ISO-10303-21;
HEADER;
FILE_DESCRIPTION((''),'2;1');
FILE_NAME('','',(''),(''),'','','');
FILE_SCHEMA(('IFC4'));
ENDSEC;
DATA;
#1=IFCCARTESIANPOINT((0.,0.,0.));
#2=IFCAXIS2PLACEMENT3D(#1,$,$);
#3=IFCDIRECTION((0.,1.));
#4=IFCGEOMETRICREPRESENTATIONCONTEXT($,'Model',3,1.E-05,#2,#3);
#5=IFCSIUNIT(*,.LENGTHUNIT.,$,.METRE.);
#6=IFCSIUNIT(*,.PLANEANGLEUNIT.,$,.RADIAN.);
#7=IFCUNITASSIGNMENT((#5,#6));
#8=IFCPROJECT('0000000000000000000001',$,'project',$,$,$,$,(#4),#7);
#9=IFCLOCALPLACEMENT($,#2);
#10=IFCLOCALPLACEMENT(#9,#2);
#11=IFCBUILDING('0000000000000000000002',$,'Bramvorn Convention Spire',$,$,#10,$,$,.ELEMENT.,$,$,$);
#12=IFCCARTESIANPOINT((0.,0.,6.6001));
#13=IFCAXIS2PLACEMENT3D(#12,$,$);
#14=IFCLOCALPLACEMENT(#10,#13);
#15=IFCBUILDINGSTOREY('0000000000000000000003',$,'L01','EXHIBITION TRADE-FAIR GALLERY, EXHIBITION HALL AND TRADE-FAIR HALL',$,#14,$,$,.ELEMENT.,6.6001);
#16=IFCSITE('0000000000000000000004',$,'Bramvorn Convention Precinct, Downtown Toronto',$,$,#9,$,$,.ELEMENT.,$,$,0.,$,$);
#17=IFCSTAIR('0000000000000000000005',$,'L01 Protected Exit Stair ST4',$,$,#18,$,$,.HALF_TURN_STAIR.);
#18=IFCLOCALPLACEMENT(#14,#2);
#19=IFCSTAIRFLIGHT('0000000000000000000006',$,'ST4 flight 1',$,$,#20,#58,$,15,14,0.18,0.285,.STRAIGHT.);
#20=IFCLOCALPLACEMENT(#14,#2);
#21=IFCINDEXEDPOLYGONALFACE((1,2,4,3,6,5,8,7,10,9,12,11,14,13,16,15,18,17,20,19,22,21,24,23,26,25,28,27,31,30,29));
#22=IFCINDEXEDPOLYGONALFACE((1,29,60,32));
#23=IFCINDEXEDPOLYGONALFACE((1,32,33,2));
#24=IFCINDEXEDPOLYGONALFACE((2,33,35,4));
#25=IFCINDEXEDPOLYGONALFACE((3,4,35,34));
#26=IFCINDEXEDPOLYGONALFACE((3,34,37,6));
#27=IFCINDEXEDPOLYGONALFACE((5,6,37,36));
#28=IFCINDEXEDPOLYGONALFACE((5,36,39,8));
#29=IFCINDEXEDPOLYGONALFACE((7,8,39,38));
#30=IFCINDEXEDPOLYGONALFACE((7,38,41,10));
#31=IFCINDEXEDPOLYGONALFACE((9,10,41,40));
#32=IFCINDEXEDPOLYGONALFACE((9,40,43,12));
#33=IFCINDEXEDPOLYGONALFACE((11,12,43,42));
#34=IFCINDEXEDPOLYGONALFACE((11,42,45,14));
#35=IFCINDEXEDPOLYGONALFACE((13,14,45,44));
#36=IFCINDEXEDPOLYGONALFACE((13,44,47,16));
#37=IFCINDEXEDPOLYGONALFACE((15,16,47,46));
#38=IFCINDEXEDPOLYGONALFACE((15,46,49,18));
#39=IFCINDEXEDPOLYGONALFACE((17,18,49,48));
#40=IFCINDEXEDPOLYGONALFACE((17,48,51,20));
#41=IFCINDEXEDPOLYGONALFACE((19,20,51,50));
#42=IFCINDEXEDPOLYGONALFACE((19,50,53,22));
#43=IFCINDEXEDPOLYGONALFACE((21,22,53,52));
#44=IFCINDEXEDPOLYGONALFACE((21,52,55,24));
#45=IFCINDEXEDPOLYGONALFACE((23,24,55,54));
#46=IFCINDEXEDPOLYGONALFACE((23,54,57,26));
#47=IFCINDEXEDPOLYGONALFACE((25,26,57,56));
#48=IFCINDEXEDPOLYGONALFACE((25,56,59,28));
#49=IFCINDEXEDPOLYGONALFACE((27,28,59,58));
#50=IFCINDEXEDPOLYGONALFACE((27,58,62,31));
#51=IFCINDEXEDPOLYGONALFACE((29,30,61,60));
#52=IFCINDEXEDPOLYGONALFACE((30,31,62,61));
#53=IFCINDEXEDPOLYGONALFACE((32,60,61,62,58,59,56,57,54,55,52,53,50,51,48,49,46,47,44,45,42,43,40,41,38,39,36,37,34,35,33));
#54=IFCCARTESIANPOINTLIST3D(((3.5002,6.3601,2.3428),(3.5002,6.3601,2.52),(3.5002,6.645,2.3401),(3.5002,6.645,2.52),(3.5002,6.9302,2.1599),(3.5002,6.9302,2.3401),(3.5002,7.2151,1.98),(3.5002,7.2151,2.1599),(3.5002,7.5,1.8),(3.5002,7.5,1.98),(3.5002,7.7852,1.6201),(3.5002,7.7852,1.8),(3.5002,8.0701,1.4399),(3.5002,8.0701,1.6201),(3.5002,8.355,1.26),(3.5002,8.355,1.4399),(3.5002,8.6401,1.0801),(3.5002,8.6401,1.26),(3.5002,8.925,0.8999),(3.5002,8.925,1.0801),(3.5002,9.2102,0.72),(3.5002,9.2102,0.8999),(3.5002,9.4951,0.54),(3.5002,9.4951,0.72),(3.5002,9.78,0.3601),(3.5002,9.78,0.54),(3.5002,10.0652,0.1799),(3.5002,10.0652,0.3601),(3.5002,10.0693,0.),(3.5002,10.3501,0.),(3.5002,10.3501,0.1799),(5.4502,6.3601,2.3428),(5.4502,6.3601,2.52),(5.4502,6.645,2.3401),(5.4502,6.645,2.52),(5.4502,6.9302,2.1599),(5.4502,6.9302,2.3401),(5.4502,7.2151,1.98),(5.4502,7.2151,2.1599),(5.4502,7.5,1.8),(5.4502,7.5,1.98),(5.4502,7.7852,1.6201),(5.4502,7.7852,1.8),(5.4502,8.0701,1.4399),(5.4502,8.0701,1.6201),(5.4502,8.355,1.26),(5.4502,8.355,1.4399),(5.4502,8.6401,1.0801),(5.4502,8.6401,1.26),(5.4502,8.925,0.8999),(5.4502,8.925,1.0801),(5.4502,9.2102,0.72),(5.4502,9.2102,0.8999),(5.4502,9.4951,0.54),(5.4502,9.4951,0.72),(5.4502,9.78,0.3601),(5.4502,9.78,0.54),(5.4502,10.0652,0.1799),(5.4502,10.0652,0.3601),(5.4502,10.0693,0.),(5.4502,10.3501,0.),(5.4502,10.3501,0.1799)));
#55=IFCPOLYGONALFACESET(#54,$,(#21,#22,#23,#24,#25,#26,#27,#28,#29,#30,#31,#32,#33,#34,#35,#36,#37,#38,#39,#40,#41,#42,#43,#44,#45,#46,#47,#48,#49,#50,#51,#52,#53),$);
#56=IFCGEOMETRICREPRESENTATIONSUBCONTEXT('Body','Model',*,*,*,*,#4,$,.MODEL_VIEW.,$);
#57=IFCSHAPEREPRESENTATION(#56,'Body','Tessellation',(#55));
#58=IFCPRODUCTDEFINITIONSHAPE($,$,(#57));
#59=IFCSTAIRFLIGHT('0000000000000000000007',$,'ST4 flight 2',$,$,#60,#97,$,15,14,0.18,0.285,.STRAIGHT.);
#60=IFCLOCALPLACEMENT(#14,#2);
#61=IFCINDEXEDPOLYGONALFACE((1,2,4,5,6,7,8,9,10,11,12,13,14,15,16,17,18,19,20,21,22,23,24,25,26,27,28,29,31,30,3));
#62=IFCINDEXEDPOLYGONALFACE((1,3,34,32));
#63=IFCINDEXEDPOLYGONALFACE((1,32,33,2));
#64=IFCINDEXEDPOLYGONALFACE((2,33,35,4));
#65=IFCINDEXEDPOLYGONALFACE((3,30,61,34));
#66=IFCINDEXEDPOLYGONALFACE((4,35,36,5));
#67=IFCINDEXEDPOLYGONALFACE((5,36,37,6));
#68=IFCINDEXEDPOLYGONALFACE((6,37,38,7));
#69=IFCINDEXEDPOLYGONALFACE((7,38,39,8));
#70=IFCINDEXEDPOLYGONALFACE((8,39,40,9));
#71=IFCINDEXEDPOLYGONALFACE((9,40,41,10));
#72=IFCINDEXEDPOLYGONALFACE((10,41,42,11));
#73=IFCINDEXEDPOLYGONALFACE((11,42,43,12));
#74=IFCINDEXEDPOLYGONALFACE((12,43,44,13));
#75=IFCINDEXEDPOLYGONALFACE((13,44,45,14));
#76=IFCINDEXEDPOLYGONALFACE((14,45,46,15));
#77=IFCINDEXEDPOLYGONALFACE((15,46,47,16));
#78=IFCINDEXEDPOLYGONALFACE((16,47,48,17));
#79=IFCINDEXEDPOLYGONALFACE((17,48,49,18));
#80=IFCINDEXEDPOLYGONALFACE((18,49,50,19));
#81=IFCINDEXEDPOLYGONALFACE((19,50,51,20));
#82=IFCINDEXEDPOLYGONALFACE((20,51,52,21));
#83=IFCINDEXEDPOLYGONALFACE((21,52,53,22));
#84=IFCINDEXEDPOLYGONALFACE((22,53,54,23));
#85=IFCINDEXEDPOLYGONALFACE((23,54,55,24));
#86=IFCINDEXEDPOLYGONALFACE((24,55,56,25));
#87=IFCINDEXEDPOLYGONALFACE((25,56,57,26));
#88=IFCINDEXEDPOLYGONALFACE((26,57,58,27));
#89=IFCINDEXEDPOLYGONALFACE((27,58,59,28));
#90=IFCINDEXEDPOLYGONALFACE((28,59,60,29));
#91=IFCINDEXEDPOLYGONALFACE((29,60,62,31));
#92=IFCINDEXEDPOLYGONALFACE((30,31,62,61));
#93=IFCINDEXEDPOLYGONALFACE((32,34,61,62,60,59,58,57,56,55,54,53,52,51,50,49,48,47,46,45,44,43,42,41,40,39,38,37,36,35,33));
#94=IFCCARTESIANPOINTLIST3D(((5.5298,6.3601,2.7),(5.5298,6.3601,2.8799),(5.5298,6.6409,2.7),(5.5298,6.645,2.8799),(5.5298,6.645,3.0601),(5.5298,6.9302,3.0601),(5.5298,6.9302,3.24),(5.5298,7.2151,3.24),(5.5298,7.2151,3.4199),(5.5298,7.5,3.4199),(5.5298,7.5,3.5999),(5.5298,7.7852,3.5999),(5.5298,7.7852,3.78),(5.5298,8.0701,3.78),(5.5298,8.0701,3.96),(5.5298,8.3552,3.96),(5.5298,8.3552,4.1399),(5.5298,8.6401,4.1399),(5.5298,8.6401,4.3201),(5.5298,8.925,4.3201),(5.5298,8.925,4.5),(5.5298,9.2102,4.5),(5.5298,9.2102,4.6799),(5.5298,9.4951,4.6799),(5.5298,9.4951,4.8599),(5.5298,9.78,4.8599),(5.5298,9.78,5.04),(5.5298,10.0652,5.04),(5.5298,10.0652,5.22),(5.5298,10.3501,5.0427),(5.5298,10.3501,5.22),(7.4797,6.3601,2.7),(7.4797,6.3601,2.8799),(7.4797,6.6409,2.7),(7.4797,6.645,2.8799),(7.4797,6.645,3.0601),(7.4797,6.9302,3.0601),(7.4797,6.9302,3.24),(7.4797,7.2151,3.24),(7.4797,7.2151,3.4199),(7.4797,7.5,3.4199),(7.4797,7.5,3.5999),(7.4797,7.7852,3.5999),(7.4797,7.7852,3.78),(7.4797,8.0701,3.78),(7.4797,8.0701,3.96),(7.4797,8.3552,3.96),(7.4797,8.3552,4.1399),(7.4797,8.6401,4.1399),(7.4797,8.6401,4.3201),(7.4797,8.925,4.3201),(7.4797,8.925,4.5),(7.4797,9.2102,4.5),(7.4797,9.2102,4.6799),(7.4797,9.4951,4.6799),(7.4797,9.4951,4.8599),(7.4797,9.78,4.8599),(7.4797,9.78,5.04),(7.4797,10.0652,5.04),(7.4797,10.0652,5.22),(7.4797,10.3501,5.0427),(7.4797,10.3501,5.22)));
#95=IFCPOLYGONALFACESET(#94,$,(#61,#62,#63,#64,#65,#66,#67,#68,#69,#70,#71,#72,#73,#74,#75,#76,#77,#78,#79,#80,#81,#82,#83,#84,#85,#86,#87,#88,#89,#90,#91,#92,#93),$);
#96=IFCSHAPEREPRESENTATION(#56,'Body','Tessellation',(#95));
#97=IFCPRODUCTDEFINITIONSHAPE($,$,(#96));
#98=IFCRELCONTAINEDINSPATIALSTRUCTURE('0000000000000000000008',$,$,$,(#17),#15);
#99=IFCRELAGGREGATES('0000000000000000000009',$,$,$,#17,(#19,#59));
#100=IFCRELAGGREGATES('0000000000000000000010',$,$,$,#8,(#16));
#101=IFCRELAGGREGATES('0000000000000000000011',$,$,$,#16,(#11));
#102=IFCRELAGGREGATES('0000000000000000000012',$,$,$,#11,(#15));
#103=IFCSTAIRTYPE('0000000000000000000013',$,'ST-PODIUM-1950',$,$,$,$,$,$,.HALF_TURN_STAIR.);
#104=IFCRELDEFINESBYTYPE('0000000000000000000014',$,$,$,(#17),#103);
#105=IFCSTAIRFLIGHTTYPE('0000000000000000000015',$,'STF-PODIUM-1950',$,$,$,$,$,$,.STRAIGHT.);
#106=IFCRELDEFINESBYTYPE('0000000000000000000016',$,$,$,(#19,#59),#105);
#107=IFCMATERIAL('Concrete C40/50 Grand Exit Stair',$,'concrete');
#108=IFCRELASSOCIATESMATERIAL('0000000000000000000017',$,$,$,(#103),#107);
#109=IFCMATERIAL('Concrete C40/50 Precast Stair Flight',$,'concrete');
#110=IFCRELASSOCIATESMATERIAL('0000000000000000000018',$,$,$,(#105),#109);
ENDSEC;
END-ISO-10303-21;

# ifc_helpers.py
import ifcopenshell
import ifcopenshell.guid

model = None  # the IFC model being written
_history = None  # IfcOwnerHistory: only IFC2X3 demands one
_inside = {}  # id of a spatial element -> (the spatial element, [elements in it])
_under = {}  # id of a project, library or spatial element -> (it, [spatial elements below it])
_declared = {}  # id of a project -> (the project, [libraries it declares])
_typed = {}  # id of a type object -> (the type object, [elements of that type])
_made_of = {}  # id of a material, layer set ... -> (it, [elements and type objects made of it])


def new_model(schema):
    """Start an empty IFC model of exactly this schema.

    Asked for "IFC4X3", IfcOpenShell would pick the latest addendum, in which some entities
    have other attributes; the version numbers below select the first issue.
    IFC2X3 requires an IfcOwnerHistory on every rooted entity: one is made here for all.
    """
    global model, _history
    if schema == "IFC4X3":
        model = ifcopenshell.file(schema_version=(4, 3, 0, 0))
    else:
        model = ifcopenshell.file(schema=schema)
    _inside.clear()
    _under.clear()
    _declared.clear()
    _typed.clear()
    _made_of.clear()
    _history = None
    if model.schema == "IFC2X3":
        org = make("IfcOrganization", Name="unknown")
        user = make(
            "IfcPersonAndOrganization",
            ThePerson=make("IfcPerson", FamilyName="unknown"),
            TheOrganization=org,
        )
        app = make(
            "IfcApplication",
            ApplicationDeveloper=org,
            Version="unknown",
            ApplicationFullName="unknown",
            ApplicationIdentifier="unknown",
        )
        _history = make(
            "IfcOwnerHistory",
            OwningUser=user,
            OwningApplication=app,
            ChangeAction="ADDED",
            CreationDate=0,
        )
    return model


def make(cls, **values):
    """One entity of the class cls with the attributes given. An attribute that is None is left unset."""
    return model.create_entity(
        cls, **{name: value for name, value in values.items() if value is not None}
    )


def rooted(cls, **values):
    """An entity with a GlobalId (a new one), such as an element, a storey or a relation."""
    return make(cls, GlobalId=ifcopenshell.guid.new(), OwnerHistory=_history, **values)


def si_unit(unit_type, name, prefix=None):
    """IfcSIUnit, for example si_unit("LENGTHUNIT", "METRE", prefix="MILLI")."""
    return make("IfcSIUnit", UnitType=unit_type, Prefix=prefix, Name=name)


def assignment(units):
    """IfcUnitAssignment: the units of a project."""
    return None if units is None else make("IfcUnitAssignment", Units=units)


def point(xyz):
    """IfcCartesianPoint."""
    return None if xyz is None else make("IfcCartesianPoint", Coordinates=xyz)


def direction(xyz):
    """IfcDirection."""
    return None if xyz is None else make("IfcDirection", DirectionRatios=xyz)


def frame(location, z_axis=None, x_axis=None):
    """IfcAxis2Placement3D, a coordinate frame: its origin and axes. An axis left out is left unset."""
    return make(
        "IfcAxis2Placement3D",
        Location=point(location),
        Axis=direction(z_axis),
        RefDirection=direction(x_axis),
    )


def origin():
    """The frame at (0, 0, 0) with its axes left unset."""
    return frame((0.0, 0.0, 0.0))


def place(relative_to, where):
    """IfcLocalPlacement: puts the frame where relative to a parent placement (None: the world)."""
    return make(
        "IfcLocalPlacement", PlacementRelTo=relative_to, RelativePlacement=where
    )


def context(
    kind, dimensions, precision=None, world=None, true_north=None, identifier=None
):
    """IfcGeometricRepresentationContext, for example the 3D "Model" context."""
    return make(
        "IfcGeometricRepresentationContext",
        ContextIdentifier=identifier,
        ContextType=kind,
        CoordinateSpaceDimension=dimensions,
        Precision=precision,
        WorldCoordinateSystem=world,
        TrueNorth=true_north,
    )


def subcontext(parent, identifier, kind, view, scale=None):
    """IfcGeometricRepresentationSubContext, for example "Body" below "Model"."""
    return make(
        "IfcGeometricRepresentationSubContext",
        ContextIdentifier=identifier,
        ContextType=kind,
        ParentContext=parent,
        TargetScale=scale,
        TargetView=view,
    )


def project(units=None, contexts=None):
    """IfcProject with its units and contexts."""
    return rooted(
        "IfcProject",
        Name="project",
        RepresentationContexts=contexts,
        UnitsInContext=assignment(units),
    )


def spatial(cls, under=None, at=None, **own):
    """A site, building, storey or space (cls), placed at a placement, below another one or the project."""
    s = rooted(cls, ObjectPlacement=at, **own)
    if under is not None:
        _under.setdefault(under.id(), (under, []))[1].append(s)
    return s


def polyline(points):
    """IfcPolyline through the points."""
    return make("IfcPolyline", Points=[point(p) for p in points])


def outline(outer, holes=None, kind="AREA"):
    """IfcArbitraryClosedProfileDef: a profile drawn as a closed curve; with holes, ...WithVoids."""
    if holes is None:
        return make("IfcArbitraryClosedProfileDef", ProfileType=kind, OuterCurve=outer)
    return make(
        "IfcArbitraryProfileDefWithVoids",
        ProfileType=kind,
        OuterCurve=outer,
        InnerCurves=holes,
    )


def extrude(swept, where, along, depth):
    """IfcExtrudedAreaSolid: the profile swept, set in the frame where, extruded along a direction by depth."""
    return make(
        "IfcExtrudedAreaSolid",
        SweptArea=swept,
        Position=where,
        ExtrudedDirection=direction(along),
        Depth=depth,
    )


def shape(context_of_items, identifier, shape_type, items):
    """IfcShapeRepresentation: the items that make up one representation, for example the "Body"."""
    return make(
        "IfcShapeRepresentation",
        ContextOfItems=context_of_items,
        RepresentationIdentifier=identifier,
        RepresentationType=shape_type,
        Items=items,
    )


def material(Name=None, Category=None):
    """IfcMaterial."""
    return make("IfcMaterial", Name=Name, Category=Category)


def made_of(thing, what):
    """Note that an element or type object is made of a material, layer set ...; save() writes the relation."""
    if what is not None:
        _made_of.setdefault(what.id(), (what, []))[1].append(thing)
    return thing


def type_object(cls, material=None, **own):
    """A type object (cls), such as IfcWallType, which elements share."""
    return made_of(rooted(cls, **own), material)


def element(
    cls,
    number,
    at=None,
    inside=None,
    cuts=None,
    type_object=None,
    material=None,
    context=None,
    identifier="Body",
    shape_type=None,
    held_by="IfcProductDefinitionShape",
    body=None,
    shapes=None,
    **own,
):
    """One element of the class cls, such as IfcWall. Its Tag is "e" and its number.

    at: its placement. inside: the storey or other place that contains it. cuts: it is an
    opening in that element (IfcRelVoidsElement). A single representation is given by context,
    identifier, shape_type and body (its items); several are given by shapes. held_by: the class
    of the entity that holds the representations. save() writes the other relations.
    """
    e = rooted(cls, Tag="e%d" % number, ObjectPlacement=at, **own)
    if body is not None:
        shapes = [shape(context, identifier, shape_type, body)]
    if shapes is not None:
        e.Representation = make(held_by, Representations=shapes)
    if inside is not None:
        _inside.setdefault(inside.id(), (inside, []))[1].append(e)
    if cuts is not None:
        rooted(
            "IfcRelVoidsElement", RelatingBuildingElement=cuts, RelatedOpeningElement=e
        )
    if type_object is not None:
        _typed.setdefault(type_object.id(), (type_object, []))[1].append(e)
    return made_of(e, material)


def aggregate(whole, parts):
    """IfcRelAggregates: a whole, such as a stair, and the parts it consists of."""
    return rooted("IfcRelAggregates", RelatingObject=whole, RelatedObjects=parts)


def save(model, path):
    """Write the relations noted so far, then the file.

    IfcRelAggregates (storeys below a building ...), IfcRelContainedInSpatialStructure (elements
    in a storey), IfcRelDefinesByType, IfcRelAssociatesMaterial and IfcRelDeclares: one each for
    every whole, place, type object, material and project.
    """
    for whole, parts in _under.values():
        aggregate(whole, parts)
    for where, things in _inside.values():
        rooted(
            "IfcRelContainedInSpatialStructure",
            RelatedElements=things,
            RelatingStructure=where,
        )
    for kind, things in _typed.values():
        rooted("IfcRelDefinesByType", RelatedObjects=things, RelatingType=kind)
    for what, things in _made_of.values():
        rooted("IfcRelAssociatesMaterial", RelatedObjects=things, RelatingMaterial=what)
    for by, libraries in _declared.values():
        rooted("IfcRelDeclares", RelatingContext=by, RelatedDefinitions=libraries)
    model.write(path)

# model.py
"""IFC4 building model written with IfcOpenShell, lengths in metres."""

from ifc_helpers import new_model, si_unit, direction, frame, origin, place, context, subcontext, project, spatial, polyline, outline, extrude, material, type_object, element, aggregate, save


model = new_model("IFC4")

# Units and contexts
model_context = context("Model", 3, precision=1e-05, world=origin(), true_north=direction((0.0, 1.0)))
body_context = subcontext(model_context, "Body", "Model", "MODEL_VIEW")
ifc_project = project(units=[si_unit("LENGTHUNIT", "METRE"), si_unit("PLANEANGLEUNIT", "RADIAN")], contexts=[model_context])

# Site, building, storey
site_placement = place(None, origin())
site = spatial("IfcSite", under=ifc_project, at=site_placement, Name="Bramvorn Convention Precinct, Downtown Toronto", CompositionType="ELEMENT", RefElevation=0.0)
building_placement = place(site_placement, origin())
building = spatial("IfcBuilding", under=site, at=building_placement, Name="Bramvorn Convention Spire", CompositionType="ELEMENT")
storey_placement = place(building_placement, frame((0.0, 0.0, 6.6001)))
storey = spatial("IfcBuildingStorey", under=building, at=storey_placement, Name="L01", Description="EXHIBITION TRADE-FAIR GALLERY, EXHIBITION HALL AND TRADE-FAIR HALL", CompositionType="ELEMENT", Elevation=6.6001)

# Stair, stair flights
ifc_material_1 = material(Name="Concrete C40/50 Grand Exit Stair", Category="concrete")
stair_type = type_object("IfcStairType", Name="ST-PODIUM-1950", PredefinedType="HALF_TURN_STAIR", material=ifc_material_1)
stair_placement = place(storey_placement, origin())
stair = element("IfcStair", 1, at=stair_placement, inside=storey, type_object=stair_type, Name="L01 Protected Exit Stair ST4", PredefinedType="HALF_TURN_STAIR")
ifc_material_2 = material(Name="Concrete C40/50 Precast Stair Flight", Category="concrete")
stair_flight_type = type_object("IfcStairFlightType", Name="STF-PODIUM-1950", PredefinedType="STRAIGHT", material=ifc_material_2)
stair_flight_1_placement = place(storey_placement, frame((4.4751, 10.3501, 0.0), z_axis=(0.0, 0.0, 1.0), x_axis=(0.0, -1.0, 0.0)))
stair_flight_1 = element("IfcStairFlight", 2, at=stair_flight_1_placement, type_object=stair_flight_type, Name="ST4 flight 1", NumberOfRisers=15, NumberOfTreads=14, PredefinedType="STRAIGHT", RiserHeight=0.18, TreadLength=0.285, context=body_context, shape_type="SweptSolid", body=[
    extrude(outline(polyline([(0.0, 0.0), (0.0, 0.1799), (0.2849, 0.1799), (0.2849, 0.3601), (0.5701, 0.3601), (0.5701, 0.54), (0.855, 0.54), (0.855, 0.72), (1.1399, 0.72), (1.1399, 0.8999), (1.425, 0.8999), (1.425, 1.0801), (1.71, 1.0801), (1.71, 1.26), (1.9951, 1.26), (1.9951, 1.4399), (2.28, 1.4399), (2.28, 1.6201), (2.5649, 1.6201), (2.5649, 1.8), (2.8501, 1.8), (2.8501, 1.98), (3.135, 1.98), (3.135, 2.1599), (3.4199, 2.1599), (3.4199, 2.3401), (3.7051, 2.3401), (3.7051, 2.52), (3.99, 2.52), (3.99, 2.7), (3.99, 2.3428), (0.2808, 0.0), (0.0, 0.0)])), frame((0.0, 0.9751, 0.0), z_axis=(0.0, -1.0, 0.0), x_axis=(1.0, 0.0, 0.0)), (0.0, 0.0, 1.0), 1.95),
])
stair_flight_2_placement = place(storey_placement, frame((6.5049, 6.3601, 2.7), z_axis=(0.0, 0.0, 1.0), x_axis=(0.0, 1.0, 0.0)))
stair_flight_2 = element("IfcStairFlight", 3, at=stair_flight_2_placement, type_object=stair_flight_type, Name="ST4 flight 2", NumberOfRisers=15, NumberOfTreads=14, PredefinedType="STRAIGHT", RiserHeight=0.18, TreadLength=0.285, context=body_context, shape_type="SweptSolid", body=[
    extrude(outline(polyline([(0.0, 0.0), (0.0, 0.1799), (0.2849, 0.1799), (0.2849, 0.3601), (0.5701, 0.3601), (0.5701, 0.54), (0.855, 0.54), (0.855, 0.72), (1.1399, 0.72), (1.1399, 0.8999), (1.425, 0.8999), (1.425, 1.0801), (1.71, 1.0801), (1.71, 1.26), (1.9951, 1.26), (1.9951, 1.4399), (2.28, 1.4399), (2.28, 1.6201), (2.5649, 1.6201), (2.5649, 1.8), (2.8501, 1.8), (2.8501, 1.98), (3.135, 1.98), (3.135, 2.1599), (3.4199, 2.1599), (3.4199, 2.3401), (3.7051, 2.3401), (3.7051, 2.52), (3.99, 2.52), (3.99, 2.7), (3.99, 2.3428), (0.2808, 0.0), (0.0, 0.0)])), frame((0.0, 0.9751, 0.0), z_axis=(0.0, -1.0, 0.0), x_axis=(1.0, 0.0, 0.0)), (0.0, 0.0, 1.0), 1.95),
])
aggregate(stair, [stair_flight_1, stair_flight_2])

save(model, "model.ifc")
